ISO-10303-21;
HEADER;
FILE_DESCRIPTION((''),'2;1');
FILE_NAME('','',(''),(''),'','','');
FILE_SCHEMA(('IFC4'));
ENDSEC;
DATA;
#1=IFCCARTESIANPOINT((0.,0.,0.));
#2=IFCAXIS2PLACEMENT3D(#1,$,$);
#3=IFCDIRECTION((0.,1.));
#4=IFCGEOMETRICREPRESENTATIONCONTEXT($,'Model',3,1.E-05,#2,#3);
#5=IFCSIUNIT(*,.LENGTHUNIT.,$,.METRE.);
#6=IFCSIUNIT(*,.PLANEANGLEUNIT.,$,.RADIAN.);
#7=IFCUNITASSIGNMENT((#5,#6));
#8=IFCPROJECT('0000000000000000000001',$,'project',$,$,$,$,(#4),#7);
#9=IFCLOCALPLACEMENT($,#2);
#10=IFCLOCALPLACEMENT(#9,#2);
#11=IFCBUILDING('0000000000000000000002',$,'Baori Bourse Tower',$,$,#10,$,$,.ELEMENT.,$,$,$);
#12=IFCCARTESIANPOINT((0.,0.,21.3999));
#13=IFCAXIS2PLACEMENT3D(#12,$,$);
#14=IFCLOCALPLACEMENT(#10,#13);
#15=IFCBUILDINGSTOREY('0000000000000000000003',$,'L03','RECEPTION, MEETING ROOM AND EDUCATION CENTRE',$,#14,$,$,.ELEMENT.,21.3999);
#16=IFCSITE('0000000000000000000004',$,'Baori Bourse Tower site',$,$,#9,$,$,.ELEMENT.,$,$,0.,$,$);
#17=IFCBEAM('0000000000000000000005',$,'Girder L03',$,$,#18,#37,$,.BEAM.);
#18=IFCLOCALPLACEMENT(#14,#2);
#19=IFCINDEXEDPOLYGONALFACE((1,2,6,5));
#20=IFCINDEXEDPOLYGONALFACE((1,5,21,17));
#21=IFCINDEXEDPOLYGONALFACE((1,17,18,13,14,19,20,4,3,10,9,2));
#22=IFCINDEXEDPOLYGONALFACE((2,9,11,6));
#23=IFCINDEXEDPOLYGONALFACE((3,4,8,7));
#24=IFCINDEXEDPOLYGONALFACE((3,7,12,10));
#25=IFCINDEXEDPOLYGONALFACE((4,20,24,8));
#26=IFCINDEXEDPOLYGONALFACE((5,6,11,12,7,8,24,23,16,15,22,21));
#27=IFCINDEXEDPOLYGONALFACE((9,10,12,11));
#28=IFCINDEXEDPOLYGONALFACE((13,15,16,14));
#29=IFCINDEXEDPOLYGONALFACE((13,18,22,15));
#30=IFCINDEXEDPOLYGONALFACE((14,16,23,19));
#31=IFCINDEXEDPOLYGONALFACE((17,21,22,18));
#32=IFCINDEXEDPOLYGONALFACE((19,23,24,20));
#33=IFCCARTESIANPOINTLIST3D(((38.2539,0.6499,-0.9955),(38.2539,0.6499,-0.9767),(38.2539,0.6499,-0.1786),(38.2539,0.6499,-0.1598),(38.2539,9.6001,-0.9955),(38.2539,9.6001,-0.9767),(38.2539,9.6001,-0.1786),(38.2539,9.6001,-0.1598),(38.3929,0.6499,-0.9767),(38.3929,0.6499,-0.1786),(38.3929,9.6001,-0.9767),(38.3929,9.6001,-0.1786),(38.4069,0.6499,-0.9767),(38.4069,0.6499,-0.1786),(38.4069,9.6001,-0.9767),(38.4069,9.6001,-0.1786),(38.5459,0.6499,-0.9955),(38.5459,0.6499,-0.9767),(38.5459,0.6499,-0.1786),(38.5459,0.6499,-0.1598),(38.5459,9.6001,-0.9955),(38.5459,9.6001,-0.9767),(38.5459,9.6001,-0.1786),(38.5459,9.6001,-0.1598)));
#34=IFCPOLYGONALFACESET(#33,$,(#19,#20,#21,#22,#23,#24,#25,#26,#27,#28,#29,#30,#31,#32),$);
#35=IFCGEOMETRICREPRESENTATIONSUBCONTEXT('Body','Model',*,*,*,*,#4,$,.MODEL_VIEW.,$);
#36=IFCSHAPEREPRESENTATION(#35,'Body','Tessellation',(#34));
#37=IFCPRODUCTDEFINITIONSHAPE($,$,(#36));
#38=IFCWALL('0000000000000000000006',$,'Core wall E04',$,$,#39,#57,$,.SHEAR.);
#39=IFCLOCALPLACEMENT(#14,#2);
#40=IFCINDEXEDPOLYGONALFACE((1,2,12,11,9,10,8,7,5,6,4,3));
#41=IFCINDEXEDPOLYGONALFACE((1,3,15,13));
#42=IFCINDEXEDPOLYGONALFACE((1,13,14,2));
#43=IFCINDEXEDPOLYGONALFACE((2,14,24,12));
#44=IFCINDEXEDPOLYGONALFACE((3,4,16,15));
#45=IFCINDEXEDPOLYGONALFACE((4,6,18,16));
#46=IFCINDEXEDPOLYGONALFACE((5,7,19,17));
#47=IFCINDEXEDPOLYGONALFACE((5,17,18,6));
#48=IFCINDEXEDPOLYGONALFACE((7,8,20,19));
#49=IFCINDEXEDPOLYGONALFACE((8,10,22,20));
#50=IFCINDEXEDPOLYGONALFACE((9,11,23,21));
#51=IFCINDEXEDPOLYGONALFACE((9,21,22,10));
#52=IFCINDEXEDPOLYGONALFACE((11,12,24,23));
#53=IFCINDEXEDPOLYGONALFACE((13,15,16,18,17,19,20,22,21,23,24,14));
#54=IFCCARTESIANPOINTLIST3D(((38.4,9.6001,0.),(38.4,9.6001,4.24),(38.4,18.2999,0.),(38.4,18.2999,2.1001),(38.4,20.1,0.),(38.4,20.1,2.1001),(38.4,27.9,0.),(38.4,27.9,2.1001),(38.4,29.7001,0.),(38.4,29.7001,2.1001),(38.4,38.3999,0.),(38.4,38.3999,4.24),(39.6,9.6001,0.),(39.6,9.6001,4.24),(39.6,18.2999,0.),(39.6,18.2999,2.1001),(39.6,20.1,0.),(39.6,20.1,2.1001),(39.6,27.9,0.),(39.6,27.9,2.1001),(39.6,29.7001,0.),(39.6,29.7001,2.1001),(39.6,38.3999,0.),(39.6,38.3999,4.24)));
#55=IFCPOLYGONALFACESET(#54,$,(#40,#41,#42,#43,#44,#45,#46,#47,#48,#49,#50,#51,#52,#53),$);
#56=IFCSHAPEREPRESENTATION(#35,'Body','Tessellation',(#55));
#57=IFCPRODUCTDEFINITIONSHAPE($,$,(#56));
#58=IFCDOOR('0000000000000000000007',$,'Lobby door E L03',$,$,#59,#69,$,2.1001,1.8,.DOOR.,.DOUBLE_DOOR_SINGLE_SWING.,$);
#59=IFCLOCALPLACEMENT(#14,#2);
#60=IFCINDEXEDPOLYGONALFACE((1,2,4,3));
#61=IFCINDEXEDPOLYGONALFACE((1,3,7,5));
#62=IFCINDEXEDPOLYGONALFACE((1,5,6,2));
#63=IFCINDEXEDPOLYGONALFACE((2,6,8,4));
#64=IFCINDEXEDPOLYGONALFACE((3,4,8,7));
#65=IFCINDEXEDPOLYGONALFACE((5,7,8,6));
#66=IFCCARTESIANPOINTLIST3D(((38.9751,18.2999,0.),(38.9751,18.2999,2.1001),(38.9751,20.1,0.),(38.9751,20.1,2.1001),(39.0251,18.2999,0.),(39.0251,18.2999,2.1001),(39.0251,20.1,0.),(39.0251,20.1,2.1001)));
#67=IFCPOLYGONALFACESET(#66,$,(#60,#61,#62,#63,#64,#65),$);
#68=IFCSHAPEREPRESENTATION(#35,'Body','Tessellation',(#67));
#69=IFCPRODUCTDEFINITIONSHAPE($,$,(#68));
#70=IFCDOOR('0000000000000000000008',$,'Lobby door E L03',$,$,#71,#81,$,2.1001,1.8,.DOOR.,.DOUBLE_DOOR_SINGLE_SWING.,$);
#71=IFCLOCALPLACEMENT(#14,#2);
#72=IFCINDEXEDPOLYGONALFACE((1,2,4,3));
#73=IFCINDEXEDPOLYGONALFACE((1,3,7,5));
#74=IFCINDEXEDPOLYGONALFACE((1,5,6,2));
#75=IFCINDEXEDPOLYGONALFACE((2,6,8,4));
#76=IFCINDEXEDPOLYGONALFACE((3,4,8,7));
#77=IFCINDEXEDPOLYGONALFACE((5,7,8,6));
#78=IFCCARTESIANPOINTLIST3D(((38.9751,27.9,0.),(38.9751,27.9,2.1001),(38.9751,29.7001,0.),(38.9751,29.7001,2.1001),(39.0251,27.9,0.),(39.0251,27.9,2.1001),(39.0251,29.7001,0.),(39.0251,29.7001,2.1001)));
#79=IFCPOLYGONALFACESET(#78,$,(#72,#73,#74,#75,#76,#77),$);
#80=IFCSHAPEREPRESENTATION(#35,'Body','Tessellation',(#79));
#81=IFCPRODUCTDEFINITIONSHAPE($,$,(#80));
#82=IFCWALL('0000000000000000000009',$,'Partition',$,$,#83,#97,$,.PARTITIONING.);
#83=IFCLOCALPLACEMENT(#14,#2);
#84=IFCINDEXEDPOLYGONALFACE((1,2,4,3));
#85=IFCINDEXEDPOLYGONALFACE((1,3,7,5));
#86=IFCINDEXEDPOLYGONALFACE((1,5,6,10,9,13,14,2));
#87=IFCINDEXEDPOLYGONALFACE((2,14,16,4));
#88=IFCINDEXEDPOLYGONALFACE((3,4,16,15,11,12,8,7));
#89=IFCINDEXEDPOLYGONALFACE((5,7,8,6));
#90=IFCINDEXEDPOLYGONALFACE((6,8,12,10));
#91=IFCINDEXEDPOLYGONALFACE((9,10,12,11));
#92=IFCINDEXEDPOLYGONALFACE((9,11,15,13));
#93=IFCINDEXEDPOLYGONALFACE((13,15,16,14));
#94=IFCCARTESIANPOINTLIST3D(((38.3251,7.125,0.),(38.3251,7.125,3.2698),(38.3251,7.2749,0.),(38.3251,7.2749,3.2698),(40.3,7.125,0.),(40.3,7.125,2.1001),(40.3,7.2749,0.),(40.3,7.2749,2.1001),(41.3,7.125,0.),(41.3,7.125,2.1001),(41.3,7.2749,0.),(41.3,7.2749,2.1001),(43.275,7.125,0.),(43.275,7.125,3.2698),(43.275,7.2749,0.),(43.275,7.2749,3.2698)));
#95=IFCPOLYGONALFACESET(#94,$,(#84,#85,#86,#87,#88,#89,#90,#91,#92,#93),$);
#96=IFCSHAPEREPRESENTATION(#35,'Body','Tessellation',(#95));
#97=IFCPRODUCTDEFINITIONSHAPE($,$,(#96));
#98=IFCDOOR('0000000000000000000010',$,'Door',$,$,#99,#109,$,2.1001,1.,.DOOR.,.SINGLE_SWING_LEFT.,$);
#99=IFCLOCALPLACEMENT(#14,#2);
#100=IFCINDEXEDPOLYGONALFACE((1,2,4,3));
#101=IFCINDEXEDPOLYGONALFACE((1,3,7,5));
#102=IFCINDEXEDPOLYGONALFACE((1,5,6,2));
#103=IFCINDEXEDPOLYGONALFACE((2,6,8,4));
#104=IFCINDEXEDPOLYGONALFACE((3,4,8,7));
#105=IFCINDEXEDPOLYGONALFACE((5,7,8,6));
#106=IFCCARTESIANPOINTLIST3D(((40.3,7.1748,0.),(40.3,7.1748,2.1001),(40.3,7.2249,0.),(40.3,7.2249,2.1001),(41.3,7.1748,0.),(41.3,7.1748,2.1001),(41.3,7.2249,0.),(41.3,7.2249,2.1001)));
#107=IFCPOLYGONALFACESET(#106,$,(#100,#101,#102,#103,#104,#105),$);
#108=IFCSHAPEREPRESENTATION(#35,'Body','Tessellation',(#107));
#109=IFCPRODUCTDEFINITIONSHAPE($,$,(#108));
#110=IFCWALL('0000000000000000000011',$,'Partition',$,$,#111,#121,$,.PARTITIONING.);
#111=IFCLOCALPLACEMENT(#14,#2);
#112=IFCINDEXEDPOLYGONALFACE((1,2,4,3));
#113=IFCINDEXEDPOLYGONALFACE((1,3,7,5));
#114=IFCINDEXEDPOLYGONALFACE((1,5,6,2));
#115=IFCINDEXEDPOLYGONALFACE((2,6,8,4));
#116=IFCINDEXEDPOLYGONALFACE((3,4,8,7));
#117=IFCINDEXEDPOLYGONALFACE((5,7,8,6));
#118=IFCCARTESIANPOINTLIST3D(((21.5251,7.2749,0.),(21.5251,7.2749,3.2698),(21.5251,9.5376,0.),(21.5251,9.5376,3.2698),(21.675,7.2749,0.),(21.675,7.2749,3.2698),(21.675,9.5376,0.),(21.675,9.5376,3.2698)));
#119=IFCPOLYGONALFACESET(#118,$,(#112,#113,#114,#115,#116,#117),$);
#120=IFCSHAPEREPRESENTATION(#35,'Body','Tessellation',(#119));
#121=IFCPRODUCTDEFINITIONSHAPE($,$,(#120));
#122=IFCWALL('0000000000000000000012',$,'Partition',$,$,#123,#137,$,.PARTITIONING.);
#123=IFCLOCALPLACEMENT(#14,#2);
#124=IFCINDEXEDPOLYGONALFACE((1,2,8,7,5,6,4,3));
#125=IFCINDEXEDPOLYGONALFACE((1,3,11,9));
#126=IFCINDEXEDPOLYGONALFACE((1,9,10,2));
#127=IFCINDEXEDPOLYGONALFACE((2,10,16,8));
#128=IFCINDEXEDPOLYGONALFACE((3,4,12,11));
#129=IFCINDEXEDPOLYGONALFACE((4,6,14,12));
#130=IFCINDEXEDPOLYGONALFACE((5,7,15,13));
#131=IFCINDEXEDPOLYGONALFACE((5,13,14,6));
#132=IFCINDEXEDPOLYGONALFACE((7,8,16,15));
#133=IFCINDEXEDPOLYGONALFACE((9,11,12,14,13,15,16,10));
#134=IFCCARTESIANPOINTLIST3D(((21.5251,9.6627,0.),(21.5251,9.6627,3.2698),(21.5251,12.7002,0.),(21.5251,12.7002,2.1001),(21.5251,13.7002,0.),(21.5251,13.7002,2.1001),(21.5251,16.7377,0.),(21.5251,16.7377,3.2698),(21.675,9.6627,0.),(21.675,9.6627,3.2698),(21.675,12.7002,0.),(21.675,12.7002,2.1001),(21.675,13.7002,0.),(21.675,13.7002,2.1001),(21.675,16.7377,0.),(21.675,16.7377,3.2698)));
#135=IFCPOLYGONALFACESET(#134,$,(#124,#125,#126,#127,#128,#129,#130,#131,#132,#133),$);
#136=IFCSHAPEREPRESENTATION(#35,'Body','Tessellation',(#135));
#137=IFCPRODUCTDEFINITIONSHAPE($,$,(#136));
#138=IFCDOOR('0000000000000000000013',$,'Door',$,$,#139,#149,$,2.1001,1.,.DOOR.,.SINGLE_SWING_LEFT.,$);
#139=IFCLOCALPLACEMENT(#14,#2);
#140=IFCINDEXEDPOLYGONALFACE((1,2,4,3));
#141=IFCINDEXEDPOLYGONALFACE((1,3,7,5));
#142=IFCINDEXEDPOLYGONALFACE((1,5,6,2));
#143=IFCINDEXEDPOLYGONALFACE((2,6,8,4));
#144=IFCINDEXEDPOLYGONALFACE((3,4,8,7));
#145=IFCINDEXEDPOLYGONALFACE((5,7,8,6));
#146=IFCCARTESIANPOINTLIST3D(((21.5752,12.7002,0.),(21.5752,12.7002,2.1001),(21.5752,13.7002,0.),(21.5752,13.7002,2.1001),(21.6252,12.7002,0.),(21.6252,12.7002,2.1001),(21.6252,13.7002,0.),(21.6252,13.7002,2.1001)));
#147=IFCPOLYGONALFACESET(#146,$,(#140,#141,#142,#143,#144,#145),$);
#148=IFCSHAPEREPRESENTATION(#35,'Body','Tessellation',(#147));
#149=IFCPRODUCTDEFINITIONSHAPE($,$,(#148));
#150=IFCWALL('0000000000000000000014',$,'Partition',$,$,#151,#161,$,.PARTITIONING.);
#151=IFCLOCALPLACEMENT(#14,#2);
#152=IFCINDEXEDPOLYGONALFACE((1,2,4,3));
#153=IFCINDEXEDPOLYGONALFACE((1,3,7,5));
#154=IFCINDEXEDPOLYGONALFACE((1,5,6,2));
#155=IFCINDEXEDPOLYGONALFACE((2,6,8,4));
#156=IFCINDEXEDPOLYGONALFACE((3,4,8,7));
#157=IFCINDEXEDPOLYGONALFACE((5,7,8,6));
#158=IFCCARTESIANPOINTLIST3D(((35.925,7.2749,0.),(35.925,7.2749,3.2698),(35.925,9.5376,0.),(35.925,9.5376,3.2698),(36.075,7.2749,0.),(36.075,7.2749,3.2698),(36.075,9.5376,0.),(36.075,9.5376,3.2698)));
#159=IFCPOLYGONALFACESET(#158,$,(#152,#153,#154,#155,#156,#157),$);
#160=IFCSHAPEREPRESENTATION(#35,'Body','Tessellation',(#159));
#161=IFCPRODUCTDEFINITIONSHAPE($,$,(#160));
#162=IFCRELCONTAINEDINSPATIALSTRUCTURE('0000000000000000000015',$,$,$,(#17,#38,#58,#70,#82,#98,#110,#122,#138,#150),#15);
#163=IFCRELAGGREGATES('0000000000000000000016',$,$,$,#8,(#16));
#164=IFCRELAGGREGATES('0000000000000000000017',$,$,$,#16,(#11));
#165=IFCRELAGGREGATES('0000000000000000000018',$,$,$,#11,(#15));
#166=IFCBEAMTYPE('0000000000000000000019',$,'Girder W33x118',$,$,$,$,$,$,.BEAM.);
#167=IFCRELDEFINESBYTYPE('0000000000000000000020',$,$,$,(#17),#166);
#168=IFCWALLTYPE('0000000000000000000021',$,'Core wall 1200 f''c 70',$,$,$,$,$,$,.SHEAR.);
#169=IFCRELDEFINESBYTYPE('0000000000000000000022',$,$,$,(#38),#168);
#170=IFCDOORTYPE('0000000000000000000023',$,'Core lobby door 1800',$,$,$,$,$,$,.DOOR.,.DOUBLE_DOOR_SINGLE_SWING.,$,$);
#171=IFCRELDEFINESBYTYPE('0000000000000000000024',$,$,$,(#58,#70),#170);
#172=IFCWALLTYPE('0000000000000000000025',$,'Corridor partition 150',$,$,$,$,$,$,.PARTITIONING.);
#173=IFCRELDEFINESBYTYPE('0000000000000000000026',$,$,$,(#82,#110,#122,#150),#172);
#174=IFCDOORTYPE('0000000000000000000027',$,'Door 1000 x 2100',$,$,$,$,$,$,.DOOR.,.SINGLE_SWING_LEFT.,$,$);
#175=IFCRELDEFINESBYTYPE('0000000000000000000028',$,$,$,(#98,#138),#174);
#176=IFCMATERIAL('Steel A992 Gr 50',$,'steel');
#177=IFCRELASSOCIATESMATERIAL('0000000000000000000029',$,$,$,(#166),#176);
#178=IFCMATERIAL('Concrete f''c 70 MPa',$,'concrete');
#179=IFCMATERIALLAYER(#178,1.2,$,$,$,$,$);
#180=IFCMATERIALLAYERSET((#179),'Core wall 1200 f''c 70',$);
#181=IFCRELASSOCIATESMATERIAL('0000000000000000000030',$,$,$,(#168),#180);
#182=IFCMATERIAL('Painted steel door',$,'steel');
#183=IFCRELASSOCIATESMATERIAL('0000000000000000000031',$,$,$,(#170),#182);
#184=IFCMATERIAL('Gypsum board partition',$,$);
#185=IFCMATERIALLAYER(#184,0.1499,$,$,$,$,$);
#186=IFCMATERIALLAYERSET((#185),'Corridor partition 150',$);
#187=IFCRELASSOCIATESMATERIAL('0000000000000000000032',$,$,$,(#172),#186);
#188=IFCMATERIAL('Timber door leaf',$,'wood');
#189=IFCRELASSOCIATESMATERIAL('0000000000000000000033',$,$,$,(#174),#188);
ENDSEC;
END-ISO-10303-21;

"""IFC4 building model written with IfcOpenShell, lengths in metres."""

from ifc_helpers import new_model, si_unit, direction, frame, frame_2d, origin, origin_2d, place, context, subcontext, project, spatial, rectangle, i_section, extrude, material, layer, layer_set, material_profile, profile_set, type_object, element, fill, save


model = new_model("IFC4")

# Units and contexts
model_context = context("Model", 3, precision=1e-05, world=origin(), true_north=direction((0.0, 1.0)))
body_context = subcontext(model_context, "Body", "Model", "MODEL_VIEW")
ifc_project = project(units=[si_unit("LENGTHUNIT", "METRE"), si_unit("PLANEANGLEUNIT", "RADIAN")], contexts=[model_context])

# Site, building, storey
site_placement = place(None, origin())
site = spatial("IfcSite", under=ifc_project, at=site_placement, Name="Baori Bourse Tower site", CompositionType="ELEMENT", RefElevation=0.0)
building_placement = place(site_placement, origin())
building = spatial("IfcBuilding", under=site, at=building_placement, Name="Baori Bourse Tower", CompositionType="ELEMENT")
storey_placement = place(building_placement, frame((0.0, 0.0, 21.3999)))
storey = spatial("IfcBuildingStorey", under=building, at=storey_placement, Name="L03", Description="RECEPTION, MEETING ROOM AND EDUCATION CENTRE", CompositionType="ELEMENT", Elevation=21.3999)

# Beam
ifc_material_1 = material(Name="Steel A992 Gr 50", Category="steel")
ifc_material_profile = material_profile(ifc_material_1, i_section(OverallWidth=0.292, OverallDepth=0.8357, WebThickness=0.0139, FlangeThickness=0.0188, at=origin_2d()), Name="W33x118")
ifc_profile_set = profile_set([ifc_material_profile], Name="Steel A992 Gr 50")
beam_type = type_object("IfcBeamType", Name="Girder W33x118", PredefinedType="BEAM", material=ifc_profile_set)
beam_placement = place(storey_placement, frame((38.3999, 0.6499, -0.5776), z_axis=(0.0, 1.0, 0.0), x_axis=(-1.0, 0.0, 0.0)))
element("IfcBeam", 1, at=beam_placement, inside=storey, type_object=beam_type, Name="Girder L03", PredefinedType="BEAM", context=body_context, shape_type="SweptSolid", body=[
    extrude(i_section(OverallWidth=0.292, OverallDepth=0.8357, WebThickness=0.0139, FlangeThickness=0.0188, at=origin_2d()), origin(), (0.0, 0.0, 1.0), 8.9502),
])

# Wall, openings, doors
ifc_material_2 = material(Name="Concrete f'c 70 MPa", Category="concrete")
ifc_layer_1 = layer(ifc_material_2, 1.2)
ifc_layer_set_1 = layer_set([ifc_layer_1], Name="Core wall 1200 f'c 70")
wall_type_1 = type_object("IfcWallType", Name="Core wall 1200 f'c 70", PredefinedType="SHEAR", material=ifc_layer_set_1)
wall_1_placement = place(storey_placement, frame((39.0, 9.6001, 0.0), z_axis=(0.0, 0.0, 1.0), x_axis=(0.0, 1.0, 0.0)))
wall_1 = element("IfcWall", 2, at=wall_1_placement, inside=storey, type_object=wall_type_1, Name="Core wall E04", PredefinedType="SHEAR", context=body_context, shape_type="SweptSolid", body=[
    extrude(rectangle(XDim=28.7998, YDim=1.2, at=frame_2d((14.3999, 0.0))), origin(), (0.0, 0.0, 1.0), 4.24),
])
opening_1_placement = place(wall_1_placement, frame((8.7, 0.0, 0.0)))
opening_1 = element("IfcOpeningElement", 3, at=opening_1_placement, cuts=wall_1, PredefinedType="OPENING", context=body_context, shape_type="SweptSolid", body=[
    extrude(rectangle(XDim=1.8, YDim=2.1001, at=frame_2d((0.8999, 1.05))), frame((0.0, 0.6099, 0.0), z_axis=(0.0, -1.0, 0.0), x_axis=(1.0, 0.0, 0.0)), (0.0, 0.0, 1.0), 1.22),
])
opening_2_placement = place(wall_1_placement, frame((18.3, 0.0, 0.0)))
opening_2 = element("IfcOpeningElement", 4, at=opening_2_placement, cuts=wall_1, PredefinedType="OPENING", context=body_context, shape_type="SweptSolid", body=[
    extrude(rectangle(XDim=1.8, YDim=2.1001, at=frame_2d((0.8999, 1.05))), frame((0.0, 0.6099, 0.0), z_axis=(0.0, -1.0, 0.0), x_axis=(1.0, 0.0, 0.0)), (0.0, 0.0, 1.0), 1.22),
])
ifc_material_3 = material(Name="Painted steel door", Category="steel")
door_type_1 = type_object("IfcDoorType", Name="Core lobby door 1800", OperationType="DOUBLE_DOOR_SINGLE_SWING", PredefinedType="DOOR", material=ifc_material_3)
door_1_placement = place(opening_1_placement, origin())
door_1 = element("IfcDoor", 5, at=door_1_placement, inside=storey, type_object=door_type_1, Name="Lobby door E L03", OperationType="DOUBLE_DOOR_SINGLE_SWING", OverallHeight=2.1001, OverallWidth=1.8, PredefinedType="DOOR", context=body_context, shape_type="SweptSolid", body=[
    extrude(rectangle(XDim=1.8, YDim=2.1001, at=frame_2d((0.8999, 1.05))), frame((0.0, 0.0249, 0.0), z_axis=(0.0, -1.0, 0.0), x_axis=(1.0, 0.0, 0.0)), (0.0, 0.0, 1.0), 0.05),
])
fill(opening_1, door_1)
door_2_placement = place(opening_2_placement, origin())
door_2 = element("IfcDoor", 6, at=door_2_placement, inside=storey, type_object=door_type_1, Name="Lobby door E L03", OperationType="DOUBLE_DOOR_SINGLE_SWING", OverallHeight=2.1001, OverallWidth=1.8, PredefinedType="DOOR", context=body_context, shape_type="SweptSolid", body=[
    extrude(rectangle(XDim=1.8, YDim=2.1001, at=frame_2d((0.8999, 1.05))), frame((0.0, 0.0249, 0.0), z_axis=(0.0, -1.0, 0.0), x_axis=(1.0, 0.0, 0.0)), (0.0, 0.0, 1.0), 0.05),
])
fill(opening_2, door_2)

# Wall, opening, door
ifc_material_4 = material(Name="Gypsum board partition")
ifc_layer_2 = layer(ifc_material_4, 0.1499)
ifc_layer_set_2 = layer_set([ifc_layer_2], Name="Corridor partition 150")
wall_type_2 = type_object("IfcWallType", Name="Corridor partition 150", PredefinedType="PARTITIONING", material=ifc_layer_set_2)
wall_2_placement = place(storey_placement, frame((38.325, 7.2, 0.0), z_axis=(0.0, 0.0, 1.0), x_axis=(1.0, 0.0, 0.0)))
wall_2 = element("IfcWall", 7, at=wall_2_placement, inside=storey, type_object=wall_type_2, Name="Partition", PredefinedType="PARTITIONING", context=body_context, shape_type="SweptSolid", body=[
    extrude(rectangle(XDim=4.95, YDim=0.1499, at=frame_2d((2.4751, 0.0))), origin(), (0.0, 0.0, 1.0), 3.2698),
])
opening_3_placement = place(wall_2_placement, frame((1.9751, 0.0, 0.0)))
opening_3 = element("IfcOpeningElement", 8, at=opening_3_placement, cuts=wall_2, PredefinedType="OPENING", context=body_context, shape_type="SweptSolid", body=[
    extrude(rectangle(XDim=1.0, YDim=2.1001, at=frame_2d((0.5, 1.05))), frame((0.0, 0.085, 0.0), z_axis=(0.0, -1.0, 0.0), x_axis=(1.0, 0.0, 0.0)), (0.0, 0.0, 1.0), 0.1699),
])
ifc_material_5 = material(Name="Timber door leaf", Category="wood")
door_type_2 = type_object("IfcDoorType", Name="Door 1000 x 2100", OperationType="SINGLE_SWING_LEFT", PredefinedType="DOOR", material=ifc_material_5)
door_3_placement = place(opening_3_placement, origin())
door_3 = element("IfcDoor", 9, at=door_3_placement, inside=storey, type_object=door_type_2, Name="Door", OperationType="SINGLE_SWING_LEFT", OverallHeight=2.1001, OverallWidth=1.0, PredefinedType="DOOR", context=body_context, shape_type="SweptSolid", body=[
    extrude(rectangle(XDim=1.0, YDim=2.1001, at=frame_2d((0.5, 1.05))), frame((0.0, 0.0249, 0.0), z_axis=(0.0, -1.0, 0.0), x_axis=(1.0, 0.0, 0.0)), (0.0, 0.0, 1.0), 0.05),
])
fill(opening_3, door_3)

# Wall
wall_3_placement = place(storey_placement, frame((21.6001, 7.2749, 0.0), z_axis=(0.0, 0.0, 1.0), x_axis=(0.0, 1.0, 0.0)))
element("IfcWall", 10, at=wall_3_placement, inside=storey, type_object=wall_type_2, Name="Partition", PredefinedType="PARTITIONING", context=body_context, shape_type="SweptSolid", body=[
    extrude(rectangle(XDim=2.2627, YDim=0.1499, at=frame_2d((1.1313, 0.0))), origin(), (0.0, 0.0, 1.0), 3.2698),
])

# Wall, opening, door
wall_4_placement = place(storey_placement, frame((21.6001, 9.6626, 0.0), z_axis=(0.0, 0.0, 1.0), x_axis=(0.0, 1.0, 0.0)))
wall_4 = element("IfcWall", 11, at=wall_4_placement, inside=storey, type_object=wall_type_2, Name="Partition", PredefinedType="PARTITIONING", context=body_context, shape_type="SweptSolid", body=[
    extrude(rectangle(XDim=7.075, YDim=0.1499, at=frame_2d((3.5376, 0.0))), origin(), (0.0, 0.0, 1.0), 3.2698),
])
opening_4_placement = place(wall_4_placement, frame((3.0376, 0.0, 0.0)))
opening_4 = element("IfcOpeningElement", 12, at=opening_4_placement, cuts=wall_4, PredefinedType="OPENING", context=body_context, shape_type="SweptSolid", body=[
    extrude(rectangle(XDim=1.0, YDim=2.1001, at=frame_2d((0.5, 1.05))), frame((0.0, 0.085, 0.0), z_axis=(0.0, -1.0, 0.0), x_axis=(1.0, 0.0, 0.0)), (0.0, 0.0, 1.0), 0.1699),
])
door_4_placement = place(opening_4_placement, origin())
door_4 = element("IfcDoor", 13, at=door_4_placement, inside=storey, type_object=door_type_2, Name="Door", OperationType="SINGLE_SWING_LEFT", OverallHeight=2.1001, OverallWidth=1.0, PredefinedType="DOOR", context=body_context, shape_type="SweptSolid", body=[
    extrude(rectangle(XDim=1.0, YDim=2.1001, at=frame_2d((0.5, 1.05))), frame((0.0, 0.0249, 0.0), z_axis=(0.0, -1.0, 0.0), x_axis=(1.0, 0.0, 0.0)), (0.0, 0.0, 1.0), 0.05),
])
fill(opening_4, door_4)

# Wall
wall_5_placement = place(storey_placement, frame((36.0, 7.2749, 0.0), z_axis=(0.0, 0.0, 1.0), x_axis=(0.0, 1.0, 0.0)))
element("IfcWall", 14, at=wall_5_placement, inside=storey, type_object=wall_type_2, Name="Partition", PredefinedType="PARTITIONING", context=body_context, shape_type="SweptSolid", body=[
    extrude(rectangle(XDim=2.2627, YDim=0.1499, at=frame_2d((1.1313, 0.0))), origin(), (0.0, 0.0, 1.0), 3.2698),
])

save(model, "model.ifc")
